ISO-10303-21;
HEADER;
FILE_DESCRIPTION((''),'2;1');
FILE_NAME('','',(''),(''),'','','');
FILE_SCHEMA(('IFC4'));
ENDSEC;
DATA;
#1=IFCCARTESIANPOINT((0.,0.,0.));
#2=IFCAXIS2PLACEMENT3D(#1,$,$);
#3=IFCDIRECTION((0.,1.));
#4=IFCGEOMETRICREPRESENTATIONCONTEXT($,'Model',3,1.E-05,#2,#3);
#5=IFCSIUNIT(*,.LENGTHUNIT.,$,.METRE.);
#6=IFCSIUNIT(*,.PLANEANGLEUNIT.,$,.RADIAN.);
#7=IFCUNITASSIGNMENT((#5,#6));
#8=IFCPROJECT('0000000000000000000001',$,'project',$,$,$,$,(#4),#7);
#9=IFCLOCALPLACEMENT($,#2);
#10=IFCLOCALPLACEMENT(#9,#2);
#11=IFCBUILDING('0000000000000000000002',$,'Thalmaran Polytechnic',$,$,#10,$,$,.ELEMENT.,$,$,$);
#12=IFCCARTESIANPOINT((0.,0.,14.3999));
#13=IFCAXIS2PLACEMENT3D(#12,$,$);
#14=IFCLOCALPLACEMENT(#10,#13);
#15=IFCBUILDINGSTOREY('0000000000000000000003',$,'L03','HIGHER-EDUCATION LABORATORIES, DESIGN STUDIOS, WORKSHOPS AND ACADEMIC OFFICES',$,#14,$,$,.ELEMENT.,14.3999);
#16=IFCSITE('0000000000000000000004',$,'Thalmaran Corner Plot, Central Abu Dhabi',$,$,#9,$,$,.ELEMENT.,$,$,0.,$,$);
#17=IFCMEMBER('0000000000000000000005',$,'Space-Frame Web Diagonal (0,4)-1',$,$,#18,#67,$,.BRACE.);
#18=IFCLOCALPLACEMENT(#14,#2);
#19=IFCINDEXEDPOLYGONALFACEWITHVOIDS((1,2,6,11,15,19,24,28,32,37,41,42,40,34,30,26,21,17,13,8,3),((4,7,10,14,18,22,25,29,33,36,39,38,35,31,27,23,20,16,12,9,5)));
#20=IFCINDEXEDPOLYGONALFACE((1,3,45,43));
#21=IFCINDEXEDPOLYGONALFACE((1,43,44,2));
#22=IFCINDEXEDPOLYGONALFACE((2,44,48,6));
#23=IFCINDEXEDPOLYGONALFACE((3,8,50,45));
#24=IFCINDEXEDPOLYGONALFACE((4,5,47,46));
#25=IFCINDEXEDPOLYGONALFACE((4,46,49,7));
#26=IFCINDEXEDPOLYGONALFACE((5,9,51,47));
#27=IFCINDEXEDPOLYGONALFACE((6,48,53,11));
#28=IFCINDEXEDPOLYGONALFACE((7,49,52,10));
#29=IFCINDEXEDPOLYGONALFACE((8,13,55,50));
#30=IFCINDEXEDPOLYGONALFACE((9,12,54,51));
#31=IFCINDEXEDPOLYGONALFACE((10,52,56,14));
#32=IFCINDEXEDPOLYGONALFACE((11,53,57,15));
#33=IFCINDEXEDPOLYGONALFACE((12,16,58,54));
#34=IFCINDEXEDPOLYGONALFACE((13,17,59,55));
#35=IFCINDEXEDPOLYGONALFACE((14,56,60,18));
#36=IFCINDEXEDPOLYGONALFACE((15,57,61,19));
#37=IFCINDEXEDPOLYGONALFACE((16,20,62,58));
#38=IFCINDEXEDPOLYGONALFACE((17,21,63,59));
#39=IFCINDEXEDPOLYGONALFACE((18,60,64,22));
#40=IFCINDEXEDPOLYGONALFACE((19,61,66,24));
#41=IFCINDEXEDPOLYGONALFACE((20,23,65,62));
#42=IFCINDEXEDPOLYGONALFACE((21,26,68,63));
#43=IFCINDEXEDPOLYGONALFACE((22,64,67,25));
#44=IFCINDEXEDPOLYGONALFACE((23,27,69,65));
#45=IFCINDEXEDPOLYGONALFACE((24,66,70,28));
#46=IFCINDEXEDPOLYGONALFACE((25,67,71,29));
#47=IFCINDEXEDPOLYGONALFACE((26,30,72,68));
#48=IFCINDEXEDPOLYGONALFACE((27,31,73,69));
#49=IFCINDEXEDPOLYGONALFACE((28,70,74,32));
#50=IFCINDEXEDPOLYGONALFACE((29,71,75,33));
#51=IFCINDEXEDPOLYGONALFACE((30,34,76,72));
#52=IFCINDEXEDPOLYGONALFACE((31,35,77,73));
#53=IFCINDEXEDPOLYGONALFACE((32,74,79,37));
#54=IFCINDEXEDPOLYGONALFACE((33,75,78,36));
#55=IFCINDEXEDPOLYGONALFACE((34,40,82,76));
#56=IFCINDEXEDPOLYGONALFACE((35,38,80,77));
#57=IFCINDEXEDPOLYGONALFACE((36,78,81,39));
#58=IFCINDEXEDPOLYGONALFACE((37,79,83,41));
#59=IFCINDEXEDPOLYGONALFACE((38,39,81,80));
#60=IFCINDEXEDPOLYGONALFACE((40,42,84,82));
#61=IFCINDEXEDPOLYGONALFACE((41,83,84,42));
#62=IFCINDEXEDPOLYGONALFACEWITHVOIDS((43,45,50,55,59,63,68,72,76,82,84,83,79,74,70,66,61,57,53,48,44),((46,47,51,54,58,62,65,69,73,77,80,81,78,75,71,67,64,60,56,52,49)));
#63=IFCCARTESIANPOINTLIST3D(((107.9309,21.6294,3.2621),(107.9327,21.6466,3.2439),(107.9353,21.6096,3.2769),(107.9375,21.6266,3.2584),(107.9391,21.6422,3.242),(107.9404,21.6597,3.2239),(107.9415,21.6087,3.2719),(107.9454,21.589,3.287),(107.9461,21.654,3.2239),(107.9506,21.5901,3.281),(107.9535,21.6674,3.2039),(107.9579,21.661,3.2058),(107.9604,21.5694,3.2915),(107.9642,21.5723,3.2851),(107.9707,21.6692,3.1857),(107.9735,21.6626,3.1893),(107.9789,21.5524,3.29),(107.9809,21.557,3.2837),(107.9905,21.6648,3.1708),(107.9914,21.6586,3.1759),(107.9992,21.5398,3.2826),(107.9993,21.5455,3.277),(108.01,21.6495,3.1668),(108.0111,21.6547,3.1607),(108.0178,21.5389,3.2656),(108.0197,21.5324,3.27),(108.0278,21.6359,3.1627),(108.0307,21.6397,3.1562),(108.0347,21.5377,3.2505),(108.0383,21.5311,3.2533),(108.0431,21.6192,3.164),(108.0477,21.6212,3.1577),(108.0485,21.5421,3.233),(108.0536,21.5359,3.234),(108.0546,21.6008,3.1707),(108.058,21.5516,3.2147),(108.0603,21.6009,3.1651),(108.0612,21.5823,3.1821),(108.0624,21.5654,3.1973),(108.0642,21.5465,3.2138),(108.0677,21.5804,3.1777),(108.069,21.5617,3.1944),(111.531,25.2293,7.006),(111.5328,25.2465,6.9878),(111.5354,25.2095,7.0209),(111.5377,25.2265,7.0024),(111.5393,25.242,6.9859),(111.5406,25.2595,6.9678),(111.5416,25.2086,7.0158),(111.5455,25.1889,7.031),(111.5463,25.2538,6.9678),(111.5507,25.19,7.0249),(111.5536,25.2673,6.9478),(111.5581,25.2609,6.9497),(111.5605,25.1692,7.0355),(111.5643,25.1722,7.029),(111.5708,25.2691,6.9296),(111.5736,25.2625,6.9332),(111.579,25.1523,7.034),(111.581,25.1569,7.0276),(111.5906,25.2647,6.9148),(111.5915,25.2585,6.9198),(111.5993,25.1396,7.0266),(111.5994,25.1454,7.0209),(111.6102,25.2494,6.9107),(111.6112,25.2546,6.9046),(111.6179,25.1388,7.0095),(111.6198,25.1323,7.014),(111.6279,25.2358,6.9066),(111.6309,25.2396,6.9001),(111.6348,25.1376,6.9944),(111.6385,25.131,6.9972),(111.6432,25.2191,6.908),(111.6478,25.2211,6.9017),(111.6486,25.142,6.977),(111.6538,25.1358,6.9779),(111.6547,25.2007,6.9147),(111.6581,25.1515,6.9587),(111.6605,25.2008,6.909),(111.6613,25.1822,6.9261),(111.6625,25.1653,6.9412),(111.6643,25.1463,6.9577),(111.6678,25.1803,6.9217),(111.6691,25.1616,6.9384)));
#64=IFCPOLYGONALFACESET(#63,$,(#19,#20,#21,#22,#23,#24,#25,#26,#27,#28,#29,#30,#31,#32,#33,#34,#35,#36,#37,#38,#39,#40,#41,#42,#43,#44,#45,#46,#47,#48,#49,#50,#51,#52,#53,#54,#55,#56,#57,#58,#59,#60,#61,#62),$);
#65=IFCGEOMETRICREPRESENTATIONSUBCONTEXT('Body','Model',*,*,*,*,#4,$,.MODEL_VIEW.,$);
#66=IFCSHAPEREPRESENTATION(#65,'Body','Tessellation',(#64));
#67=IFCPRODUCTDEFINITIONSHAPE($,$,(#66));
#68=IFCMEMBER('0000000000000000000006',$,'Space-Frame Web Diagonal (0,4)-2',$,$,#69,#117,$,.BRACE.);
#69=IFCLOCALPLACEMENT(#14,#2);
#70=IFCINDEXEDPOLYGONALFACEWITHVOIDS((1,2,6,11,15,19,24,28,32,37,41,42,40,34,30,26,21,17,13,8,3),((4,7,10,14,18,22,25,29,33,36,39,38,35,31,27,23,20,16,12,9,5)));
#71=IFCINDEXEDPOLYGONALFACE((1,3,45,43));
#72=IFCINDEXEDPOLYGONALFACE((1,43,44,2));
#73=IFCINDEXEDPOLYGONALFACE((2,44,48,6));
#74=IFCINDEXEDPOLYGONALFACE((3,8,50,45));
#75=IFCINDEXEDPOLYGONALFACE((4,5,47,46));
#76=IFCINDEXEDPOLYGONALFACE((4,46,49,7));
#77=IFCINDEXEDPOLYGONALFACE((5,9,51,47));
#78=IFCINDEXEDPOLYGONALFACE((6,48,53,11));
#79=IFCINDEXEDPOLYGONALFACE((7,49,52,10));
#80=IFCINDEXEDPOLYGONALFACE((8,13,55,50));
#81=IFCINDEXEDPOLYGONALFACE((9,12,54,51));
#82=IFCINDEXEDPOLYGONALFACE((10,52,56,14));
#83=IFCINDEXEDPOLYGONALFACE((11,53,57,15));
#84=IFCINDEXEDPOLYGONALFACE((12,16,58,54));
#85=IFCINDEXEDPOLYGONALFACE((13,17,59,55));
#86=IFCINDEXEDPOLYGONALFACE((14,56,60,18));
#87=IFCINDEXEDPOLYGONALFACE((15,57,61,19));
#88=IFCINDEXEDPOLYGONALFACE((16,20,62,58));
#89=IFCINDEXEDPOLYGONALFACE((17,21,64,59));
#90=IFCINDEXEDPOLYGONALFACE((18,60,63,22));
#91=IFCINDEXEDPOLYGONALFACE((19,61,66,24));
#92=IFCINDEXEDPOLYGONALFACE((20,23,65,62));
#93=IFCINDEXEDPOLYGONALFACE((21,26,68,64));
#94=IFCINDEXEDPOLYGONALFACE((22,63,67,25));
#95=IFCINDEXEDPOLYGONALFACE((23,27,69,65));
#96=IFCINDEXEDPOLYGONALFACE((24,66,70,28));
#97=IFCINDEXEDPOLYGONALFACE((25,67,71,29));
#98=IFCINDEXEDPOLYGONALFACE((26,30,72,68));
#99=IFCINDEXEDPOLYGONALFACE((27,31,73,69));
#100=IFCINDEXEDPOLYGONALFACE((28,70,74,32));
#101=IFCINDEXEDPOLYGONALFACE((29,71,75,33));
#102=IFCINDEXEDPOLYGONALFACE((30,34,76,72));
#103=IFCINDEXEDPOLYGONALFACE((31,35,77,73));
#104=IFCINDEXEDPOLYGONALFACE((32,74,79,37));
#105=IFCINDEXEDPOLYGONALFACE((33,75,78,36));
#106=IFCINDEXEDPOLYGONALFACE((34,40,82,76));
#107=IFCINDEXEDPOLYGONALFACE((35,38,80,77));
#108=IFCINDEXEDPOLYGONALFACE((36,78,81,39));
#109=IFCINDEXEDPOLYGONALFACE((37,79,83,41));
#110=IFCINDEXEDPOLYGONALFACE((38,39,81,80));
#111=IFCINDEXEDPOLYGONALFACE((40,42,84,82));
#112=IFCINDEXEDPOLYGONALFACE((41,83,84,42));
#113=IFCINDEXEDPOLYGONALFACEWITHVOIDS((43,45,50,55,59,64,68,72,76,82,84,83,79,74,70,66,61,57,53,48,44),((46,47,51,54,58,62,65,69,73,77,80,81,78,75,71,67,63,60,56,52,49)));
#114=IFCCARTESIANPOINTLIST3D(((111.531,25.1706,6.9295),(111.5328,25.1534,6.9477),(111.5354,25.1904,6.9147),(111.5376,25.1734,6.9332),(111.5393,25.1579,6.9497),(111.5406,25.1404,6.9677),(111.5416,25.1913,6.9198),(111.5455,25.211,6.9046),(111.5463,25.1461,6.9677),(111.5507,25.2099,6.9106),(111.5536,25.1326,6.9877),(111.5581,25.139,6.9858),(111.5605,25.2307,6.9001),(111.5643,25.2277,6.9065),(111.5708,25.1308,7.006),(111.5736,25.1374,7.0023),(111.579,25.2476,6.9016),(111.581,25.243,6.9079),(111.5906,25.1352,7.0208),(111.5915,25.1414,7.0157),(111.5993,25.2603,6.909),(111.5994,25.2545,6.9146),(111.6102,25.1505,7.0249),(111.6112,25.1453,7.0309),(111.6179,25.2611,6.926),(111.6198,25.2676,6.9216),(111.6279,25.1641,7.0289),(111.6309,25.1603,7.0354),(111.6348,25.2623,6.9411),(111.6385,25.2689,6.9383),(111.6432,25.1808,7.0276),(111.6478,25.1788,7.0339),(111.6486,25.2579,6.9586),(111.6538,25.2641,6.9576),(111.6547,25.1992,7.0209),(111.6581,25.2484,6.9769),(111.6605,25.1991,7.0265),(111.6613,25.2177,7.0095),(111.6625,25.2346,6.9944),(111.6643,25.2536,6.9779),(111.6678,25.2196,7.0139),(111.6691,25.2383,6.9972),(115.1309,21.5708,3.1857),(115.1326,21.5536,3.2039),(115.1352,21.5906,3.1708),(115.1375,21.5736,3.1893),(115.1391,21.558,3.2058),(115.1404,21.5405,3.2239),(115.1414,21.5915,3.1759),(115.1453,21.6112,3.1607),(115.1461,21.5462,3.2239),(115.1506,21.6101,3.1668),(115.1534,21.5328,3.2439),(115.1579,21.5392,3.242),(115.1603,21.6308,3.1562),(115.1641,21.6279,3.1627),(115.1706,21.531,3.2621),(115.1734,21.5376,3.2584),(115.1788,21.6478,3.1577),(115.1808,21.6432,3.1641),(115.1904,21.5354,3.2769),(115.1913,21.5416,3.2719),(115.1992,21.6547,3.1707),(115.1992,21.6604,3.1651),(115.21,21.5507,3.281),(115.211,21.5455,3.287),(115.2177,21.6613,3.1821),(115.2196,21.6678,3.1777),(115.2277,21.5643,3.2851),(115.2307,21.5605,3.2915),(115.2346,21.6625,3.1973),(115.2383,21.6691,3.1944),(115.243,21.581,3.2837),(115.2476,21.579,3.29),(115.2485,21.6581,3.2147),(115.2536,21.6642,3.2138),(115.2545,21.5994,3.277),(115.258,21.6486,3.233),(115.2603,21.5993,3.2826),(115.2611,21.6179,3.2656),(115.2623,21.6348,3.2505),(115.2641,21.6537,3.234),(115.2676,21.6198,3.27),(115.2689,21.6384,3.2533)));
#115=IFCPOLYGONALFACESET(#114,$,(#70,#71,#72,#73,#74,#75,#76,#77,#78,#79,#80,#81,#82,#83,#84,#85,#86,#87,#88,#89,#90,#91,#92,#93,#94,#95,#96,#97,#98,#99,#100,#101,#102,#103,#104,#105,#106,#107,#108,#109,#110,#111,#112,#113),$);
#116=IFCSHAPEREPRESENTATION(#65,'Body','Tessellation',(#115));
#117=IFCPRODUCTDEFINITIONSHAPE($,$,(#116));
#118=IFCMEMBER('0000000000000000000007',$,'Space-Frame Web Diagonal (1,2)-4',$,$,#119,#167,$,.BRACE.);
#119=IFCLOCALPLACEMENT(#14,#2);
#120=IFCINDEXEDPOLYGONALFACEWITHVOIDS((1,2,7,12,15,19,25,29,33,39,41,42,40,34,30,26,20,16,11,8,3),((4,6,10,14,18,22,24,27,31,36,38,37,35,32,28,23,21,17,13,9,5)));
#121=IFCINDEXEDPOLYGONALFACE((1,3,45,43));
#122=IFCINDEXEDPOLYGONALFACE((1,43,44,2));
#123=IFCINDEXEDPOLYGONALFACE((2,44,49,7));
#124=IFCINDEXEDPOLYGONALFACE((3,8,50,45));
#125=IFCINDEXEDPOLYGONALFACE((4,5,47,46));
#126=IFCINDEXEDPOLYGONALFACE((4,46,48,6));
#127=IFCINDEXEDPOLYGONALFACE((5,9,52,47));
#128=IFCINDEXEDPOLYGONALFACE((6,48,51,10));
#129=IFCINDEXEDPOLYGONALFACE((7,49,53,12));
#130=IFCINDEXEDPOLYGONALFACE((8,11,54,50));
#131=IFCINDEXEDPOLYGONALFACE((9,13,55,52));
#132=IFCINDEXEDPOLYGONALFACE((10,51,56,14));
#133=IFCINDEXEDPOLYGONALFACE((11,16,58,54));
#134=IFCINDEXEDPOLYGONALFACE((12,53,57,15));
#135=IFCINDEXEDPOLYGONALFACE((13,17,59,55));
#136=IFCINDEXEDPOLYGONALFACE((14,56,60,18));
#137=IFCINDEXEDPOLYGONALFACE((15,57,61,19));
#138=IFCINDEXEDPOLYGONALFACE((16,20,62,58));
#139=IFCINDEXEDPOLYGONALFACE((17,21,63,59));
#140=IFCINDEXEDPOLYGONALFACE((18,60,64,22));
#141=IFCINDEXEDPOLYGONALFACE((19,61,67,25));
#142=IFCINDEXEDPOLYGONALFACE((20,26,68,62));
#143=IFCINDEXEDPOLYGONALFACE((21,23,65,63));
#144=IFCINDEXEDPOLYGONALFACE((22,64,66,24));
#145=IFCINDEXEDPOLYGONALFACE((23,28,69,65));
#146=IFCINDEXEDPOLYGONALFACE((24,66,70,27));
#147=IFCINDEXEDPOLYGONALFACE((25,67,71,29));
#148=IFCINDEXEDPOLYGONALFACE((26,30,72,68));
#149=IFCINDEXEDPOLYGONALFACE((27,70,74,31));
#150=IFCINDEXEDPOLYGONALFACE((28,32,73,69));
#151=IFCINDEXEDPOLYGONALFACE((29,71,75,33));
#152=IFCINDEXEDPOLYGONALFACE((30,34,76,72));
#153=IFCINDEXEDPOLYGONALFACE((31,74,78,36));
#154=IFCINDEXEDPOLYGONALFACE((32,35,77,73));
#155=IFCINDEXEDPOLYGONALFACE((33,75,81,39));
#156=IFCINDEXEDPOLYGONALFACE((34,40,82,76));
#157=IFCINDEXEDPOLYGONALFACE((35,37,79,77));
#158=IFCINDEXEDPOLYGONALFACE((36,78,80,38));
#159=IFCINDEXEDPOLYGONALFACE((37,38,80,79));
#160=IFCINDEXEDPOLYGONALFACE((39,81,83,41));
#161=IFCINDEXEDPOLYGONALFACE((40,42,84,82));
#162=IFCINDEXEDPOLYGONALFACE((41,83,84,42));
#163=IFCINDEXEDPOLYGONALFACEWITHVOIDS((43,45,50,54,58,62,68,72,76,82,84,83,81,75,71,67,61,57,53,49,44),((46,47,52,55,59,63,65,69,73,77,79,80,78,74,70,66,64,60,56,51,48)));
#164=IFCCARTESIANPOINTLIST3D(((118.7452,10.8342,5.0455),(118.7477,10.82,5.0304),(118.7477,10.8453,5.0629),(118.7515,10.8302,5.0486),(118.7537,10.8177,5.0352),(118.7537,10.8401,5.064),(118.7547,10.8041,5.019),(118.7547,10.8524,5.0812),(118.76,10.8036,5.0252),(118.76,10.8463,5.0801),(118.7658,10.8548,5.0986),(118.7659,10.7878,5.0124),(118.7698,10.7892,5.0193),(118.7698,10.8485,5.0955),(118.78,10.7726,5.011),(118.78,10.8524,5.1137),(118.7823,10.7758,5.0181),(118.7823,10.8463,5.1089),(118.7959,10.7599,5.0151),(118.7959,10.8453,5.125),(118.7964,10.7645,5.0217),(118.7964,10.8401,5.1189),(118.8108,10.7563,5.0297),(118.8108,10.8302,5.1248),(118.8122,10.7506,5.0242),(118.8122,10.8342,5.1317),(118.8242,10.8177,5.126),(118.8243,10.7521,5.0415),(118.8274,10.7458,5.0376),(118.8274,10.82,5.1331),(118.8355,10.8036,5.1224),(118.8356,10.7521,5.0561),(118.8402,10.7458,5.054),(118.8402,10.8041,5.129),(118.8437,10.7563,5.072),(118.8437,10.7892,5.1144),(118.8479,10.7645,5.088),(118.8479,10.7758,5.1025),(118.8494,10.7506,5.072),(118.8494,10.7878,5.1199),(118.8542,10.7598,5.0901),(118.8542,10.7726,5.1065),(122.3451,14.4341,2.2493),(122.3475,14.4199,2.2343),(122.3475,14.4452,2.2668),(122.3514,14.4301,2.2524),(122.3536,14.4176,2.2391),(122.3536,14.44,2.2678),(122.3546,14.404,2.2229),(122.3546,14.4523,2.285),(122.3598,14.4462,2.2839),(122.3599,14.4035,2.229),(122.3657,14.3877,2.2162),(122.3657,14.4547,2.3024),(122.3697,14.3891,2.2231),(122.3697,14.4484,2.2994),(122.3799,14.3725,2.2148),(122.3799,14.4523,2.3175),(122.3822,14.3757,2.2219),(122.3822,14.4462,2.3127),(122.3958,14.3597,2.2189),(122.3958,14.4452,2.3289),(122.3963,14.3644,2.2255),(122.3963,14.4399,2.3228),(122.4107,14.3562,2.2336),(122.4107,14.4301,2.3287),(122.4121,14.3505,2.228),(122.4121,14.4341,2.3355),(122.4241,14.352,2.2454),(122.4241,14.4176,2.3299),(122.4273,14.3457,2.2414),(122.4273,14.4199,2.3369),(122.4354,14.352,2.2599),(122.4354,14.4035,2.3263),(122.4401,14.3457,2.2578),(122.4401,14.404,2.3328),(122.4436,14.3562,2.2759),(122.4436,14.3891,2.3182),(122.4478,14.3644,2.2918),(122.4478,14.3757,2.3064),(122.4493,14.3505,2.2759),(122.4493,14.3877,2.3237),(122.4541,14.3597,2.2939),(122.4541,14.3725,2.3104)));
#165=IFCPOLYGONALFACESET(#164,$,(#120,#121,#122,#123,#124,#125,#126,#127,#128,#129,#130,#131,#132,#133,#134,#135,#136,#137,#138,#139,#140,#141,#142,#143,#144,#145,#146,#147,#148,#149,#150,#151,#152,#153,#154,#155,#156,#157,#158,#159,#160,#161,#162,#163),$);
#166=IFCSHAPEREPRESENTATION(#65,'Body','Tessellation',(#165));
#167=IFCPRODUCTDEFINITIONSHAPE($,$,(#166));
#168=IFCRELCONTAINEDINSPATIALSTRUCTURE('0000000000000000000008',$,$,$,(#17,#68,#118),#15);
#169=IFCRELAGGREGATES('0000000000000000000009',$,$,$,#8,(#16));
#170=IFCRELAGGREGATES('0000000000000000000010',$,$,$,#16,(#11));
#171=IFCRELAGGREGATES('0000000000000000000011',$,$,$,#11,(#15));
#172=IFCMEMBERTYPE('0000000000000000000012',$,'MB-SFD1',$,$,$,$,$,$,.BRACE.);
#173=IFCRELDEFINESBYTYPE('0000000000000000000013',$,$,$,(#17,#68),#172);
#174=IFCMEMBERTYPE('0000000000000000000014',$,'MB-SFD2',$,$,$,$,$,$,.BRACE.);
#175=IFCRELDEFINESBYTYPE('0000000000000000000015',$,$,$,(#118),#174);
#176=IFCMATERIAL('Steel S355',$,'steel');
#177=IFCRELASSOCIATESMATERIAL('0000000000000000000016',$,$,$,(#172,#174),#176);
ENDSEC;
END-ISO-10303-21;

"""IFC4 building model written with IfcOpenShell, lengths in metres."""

from ifc_helpers import new_model, si_unit, direction, frame, origin, origin_2d, place, context, subcontext, project, spatial, hollow_circle, extrude, material, material_profile, profile_set, type_object, element, save


model = new_model("IFC4")

# Units and contexts
model_context = context("Model", 3, precision=1e-05, world=origin(), true_north=direction((0.0, 1.0)))
body_context = subcontext(model_context, "Body", "Model", "MODEL_VIEW")
ifc_project = project(units=[si_unit("LENGTHUNIT", "METRE"), si_unit("PLANEANGLEUNIT", "RADIAN")], contexts=[model_context])

# Site, building, storey
site_placement = place(None, origin())
site = spatial("IfcSite", under=ifc_project, at=site_placement, Name="Thalmaran Corner Plot, Central Abu Dhabi", CompositionType="ELEMENT", RefElevation=0.0)
building_placement = place(site_placement, origin())
building = spatial("IfcBuilding", under=site, at=building_placement, Name="Thalmaran Polytechnic", CompositionType="ELEMENT")
storey_placement = place(building_placement, frame((0.0, 0.0, 14.3999)))
storey = spatial("IfcBuildingStorey", under=building, at=storey_placement, Name="L03", Description="HIGHER-EDUCATION LABORATORIES, DESIGN STUDIOS, WORKSHOPS AND ACADEMIC OFFICES", CompositionType="ELEMENT", Elevation=14.3999)

# Shared definitions
ifc_material_1 = material(Name="Steel S355", Category="steel")

# Members
ifc_material_profile_1 = material_profile(ifc_material_1, hollow_circle(Radius=0.0842, WallThickness=0.0081, at=origin_2d()), Name="CHS 168.3x8.0")
ifc_profile_set_1 = profile_set([ifc_material_profile_1], Name="Steel S355")
member_type_1 = type_object("IfcMemberType", Name="MB-SFD1", PredefinedType="BRACE", material=ifc_profile_set_1)
member_1_placement = place(storey_placement, frame((108.0, 21.6001, 3.2239), z_axis=(0.569678, 0.56964, 0.592433), x_axis=(-0.707083, 0.707131, 0.0)))
element("IfcMember", 1, at=member_1_placement, inside=storey, type_object=member_type_1, Name="Space-Frame Web Diagonal (0,4)-1", PredefinedType="BRACE", context=body_context, shape_type="SweptSolid", body=[
    extrude(hollow_circle(Radius=0.0842, WallThickness=0.0081, at=origin_2d()), origin(), (0.0, 0.0, 1.0), 6.3196),
])
member_2_placement = place(storey_placement, frame((115.2, 21.6001, 3.2239), z_axis=(-0.569652, 0.569652, 0.592446), x_axis=(-0.707107, -0.707107, 0.0)))
element("IfcMember", 2, at=member_2_placement, inside=storey, type_object=member_type_1, Name="Space-Frame Web Diagonal (0,4)-2", PredefinedType="BRACE", context=body_context, shape_type="SweptSolid", body=[
    extrude(hollow_circle(Radius=0.0842, WallThickness=0.0081, at=origin_2d()), origin(), (0.0, 0.0, 1.0), 6.3193),
])
ifc_material_profile_2 = material_profile(ifc_material_1, hollow_circle(Radius=0.0698, WallThickness=0.0081, at=origin_2d()), Name="CHS 139.7x8.0")
ifc_profile_set_2 = profile_set([ifc_material_profile_2], Name="Steel S355")
member_type_2 = type_object("IfcMemberType", Name="MB-SFD2", PredefinedType="BRACE", material=ifc_profile_set_2)
member_3_placement = place(storey_placement, frame((122.3999, 14.3999, 2.2759), z_axis=(-0.619778, -0.619778, 0.481405), x_axis=(0.707107, -0.707107, 0.0)))
element("IfcMember", 3, at=member_3_placement, inside=storey, type_object=member_type_2, Name="Space-Frame Web Diagonal (1,2)-4", PredefinedType="BRACE", context=body_context, shape_type="SweptSolid", body=[
    extrude(hollow_circle(Radius=0.0698, WallThickness=0.0081, at=origin_2d()), origin(), (0.0, 0.0, 1.0), 5.8083),
])

save(model, "model.ifc")
